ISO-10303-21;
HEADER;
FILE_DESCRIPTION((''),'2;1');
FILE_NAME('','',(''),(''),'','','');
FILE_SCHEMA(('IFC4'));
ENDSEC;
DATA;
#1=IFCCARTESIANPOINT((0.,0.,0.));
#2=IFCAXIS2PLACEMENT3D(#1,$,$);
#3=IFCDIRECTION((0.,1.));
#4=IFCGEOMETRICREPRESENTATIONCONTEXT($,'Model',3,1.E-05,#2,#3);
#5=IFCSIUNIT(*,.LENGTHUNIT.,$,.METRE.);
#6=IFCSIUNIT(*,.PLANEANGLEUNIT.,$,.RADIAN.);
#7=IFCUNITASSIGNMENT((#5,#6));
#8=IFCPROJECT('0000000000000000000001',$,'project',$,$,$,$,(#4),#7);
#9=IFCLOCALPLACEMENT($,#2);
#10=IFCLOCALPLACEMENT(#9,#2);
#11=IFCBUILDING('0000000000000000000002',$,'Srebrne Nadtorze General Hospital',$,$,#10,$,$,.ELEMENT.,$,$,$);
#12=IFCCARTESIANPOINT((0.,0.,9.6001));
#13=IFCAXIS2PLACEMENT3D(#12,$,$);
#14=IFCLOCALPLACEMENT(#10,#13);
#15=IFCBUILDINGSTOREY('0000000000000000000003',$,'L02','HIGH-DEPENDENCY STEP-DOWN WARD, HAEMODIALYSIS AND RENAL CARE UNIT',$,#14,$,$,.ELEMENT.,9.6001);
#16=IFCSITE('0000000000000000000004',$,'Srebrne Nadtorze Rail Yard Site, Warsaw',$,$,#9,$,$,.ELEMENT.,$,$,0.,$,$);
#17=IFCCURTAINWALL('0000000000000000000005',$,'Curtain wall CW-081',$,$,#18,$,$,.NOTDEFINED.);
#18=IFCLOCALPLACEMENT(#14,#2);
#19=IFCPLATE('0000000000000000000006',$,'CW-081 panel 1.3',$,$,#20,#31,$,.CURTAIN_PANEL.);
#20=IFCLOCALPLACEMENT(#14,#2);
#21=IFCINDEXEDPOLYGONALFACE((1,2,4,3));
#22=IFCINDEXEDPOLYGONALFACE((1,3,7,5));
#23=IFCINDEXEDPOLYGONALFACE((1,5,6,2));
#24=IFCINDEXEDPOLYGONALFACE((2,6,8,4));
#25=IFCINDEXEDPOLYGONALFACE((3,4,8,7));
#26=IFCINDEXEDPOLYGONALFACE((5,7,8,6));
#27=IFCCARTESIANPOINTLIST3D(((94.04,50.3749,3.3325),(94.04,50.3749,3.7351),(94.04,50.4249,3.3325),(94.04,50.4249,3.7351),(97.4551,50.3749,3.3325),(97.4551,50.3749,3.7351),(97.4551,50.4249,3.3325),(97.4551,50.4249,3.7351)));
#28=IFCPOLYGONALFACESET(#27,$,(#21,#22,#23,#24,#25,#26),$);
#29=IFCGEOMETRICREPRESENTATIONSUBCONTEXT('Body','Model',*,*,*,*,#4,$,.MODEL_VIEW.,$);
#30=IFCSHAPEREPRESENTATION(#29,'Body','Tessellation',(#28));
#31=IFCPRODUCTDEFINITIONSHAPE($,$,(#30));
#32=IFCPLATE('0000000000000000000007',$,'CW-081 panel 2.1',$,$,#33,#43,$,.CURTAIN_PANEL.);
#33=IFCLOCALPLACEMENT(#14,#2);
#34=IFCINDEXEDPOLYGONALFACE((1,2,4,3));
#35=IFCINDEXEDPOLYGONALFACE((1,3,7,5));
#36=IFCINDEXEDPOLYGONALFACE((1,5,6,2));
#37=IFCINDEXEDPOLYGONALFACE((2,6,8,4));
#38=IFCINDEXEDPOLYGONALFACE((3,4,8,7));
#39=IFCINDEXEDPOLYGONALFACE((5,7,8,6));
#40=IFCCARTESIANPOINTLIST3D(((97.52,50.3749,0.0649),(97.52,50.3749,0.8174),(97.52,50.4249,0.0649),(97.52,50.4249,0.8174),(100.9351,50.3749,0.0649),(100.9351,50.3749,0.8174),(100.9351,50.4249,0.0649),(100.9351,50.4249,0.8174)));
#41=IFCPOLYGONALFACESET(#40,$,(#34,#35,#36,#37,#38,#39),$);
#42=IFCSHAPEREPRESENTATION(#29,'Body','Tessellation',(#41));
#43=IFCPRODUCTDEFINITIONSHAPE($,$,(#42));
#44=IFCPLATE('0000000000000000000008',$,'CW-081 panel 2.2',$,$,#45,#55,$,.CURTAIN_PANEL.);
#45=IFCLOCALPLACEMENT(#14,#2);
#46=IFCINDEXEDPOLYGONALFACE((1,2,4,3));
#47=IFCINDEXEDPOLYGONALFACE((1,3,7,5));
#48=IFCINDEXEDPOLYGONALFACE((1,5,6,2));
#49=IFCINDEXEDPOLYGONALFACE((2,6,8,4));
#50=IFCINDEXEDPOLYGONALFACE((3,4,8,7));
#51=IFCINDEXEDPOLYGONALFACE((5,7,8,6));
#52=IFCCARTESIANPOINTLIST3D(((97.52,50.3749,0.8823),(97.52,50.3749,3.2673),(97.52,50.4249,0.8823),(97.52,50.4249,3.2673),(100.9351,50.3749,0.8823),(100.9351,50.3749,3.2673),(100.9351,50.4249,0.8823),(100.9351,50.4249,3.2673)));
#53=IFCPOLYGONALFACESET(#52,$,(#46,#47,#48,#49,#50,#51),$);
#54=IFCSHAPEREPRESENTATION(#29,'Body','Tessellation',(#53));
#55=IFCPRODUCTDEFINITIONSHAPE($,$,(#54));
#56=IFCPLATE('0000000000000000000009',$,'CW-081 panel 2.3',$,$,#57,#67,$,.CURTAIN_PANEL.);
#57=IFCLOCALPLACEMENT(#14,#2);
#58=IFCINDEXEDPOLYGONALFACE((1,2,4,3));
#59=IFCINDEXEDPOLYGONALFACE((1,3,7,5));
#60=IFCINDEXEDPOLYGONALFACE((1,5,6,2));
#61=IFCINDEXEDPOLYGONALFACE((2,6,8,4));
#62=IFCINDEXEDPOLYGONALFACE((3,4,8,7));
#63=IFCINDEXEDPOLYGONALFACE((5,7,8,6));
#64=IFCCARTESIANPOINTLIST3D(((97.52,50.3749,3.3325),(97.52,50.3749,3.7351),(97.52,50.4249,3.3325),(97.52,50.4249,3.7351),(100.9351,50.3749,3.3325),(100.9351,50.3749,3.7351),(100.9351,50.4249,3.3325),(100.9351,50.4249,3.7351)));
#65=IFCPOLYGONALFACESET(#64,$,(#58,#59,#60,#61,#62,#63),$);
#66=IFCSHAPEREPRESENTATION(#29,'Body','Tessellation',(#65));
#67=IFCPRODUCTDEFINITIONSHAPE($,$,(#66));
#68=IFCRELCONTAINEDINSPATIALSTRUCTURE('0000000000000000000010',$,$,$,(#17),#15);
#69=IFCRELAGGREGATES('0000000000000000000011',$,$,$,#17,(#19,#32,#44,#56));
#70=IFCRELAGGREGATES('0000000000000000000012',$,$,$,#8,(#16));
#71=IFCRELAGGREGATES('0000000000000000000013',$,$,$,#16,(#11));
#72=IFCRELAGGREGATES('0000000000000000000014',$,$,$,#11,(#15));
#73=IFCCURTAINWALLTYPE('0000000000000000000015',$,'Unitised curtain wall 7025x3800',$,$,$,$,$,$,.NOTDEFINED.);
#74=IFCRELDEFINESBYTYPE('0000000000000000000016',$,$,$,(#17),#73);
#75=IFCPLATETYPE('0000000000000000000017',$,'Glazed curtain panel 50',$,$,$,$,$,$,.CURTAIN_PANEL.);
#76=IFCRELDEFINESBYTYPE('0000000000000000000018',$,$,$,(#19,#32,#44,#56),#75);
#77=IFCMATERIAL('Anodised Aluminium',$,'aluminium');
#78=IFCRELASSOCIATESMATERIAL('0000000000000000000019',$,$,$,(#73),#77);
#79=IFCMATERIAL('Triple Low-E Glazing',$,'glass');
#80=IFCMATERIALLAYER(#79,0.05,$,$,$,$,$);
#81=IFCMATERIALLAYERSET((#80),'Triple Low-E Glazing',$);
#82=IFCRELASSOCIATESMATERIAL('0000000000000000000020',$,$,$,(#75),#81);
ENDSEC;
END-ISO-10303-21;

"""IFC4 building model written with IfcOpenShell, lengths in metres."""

from ifc_helpers import new_model, si_unit, direction, frame, origin, origin_2d, place, context, subcontext, project, spatial, rectangle, extrude, material, layer, layer_set, type_object, element, aggregate, save


model = new_model("IFC4")

# Units and contexts
model_context = context("Model", 3, precision=1e-05, world=origin(), true_north=direction((0.0, 1.0)))
body_context = subcontext(model_context, "Body", "Model", "MODEL_VIEW")
ifc_project = project(units=[si_unit("LENGTHUNIT", "METRE"), si_unit("PLANEANGLEUNIT", "RADIAN")], contexts=[model_context])

# Site, building, storey
site_placement = place(None, origin())
site = spatial("IfcSite", under=ifc_project, at=site_placement, Name="Srebrne Nadtorze Rail Yard Site, Warsaw", CompositionType="ELEMENT", RefElevation=0.0)
building_placement = place(site_placement, origin())
building = spatial("IfcBuilding", under=site, at=building_placement, Name="Srebrne Nadtorze General Hospital", CompositionType="ELEMENT")
storey_placement = place(building_placement, frame((0.0, 0.0, 9.6001)))
storey = spatial("IfcBuildingStorey", under=building, at=storey_placement, Name="L02", Description="HIGH-DEPENDENCY STEP-DOWN WARD, HAEMODIALYSIS AND RENAL CARE UNIT", CompositionType="ELEMENT", Elevation=9.6001)

# Curtain wall
ifc_material_1 = material(Name="Anodised Aluminium", Category="aluminium")
curtain_wall_type_1 = type_object("IfcCurtainWallType", Name="Unitised curtain wall 7025x3800", PredefinedType="NOTDEFINED", material=ifc_material_1)
curtain_wall_1_placement = place(storey_placement, origin())
curtain_wall_1 = element("IfcCurtainWall", 1, at=curtain_wall_1_placement, inside=storey, type_object=curtain_wall_type_1, Name="Curtain wall CW-081", PredefinedType="NOTDEFINED")

# Plates
ifc_material_2 = material(Name="Triple Low-E Glazing", Category="glass")
ifc_layer = layer(ifc_material_2, 0.05)
ifc_layer_set = layer_set([ifc_layer], Name="Triple Low-E Glazing")
plate_type = type_object("IfcPlateType", Name="Glazed curtain panel 50", PredefinedType="CURTAIN_PANEL", material=ifc_layer_set)
plate_1_placement = place(storey_placement, frame((95.7476, 50.3999, 3.3325), z_axis=(0.0, 0.0, 1.0), x_axis=(1.0, 0.0, 0.0)))
plate_1 = element("IfcPlate", 2, at=plate_1_placement, type_object=plate_type, Name="CW-081 panel 1.3", PredefinedType="CURTAIN_PANEL", context=body_context, shape_type="SweptSolid", body=[
    extrude(rectangle(XDim=3.415, YDim=0.05, at=origin_2d()), origin(), (0.0, 0.0, 1.0), 0.4026),
])
plate_2_placement = place(storey_placement, frame((99.2275, 50.3999, 0.0649), z_axis=(0.0, 0.0, 1.0), x_axis=(1.0, 0.0, 0.0)))
plate_2 = element("IfcPlate", 3, at=plate_2_placement, type_object=plate_type, Name="CW-081 panel 2.1", PredefinedType="CURTAIN_PANEL", context=body_context, shape_type="SweptSolid", body=[
    extrude(rectangle(XDim=3.415, YDim=0.05, at=origin_2d()), origin(), (0.0, 0.0, 1.0), 0.7524),
])
plate_3_placement = place(storey_placement, frame((99.2275, 50.3999, 0.8823), z_axis=(0.0, 0.0, 1.0), x_axis=(1.0, 0.0, 0.0)))
plate_3 = element("IfcPlate", 4, at=plate_3_placement, type_object=plate_type, Name="CW-081 panel 2.2", PredefinedType="CURTAIN_PANEL", context=body_context, shape_type="SweptSolid", body=[
    extrude(rectangle(XDim=3.415, YDim=0.05, at=origin_2d()), origin(), (0.0, 0.0, 1.0), 2.385),
])
plate_4_placement = place(storey_placement, frame((99.2275, 50.3999, 3.3325), z_axis=(0.0, 0.0, 1.0), x_axis=(1.0, 0.0, 0.0)))
plate_4 = element("IfcPlate", 5, at=plate_4_placement, type_object=plate_type, Name="CW-081 panel 2.3", PredefinedType="CURTAIN_PANEL", context=body_context, shape_type="SweptSolid", body=[
    extrude(rectangle(XDim=3.415, YDim=0.05, at=origin_2d()), origin(), (0.0, 0.0, 1.0), 0.4026),
])
aggregate(curtain_wall_1, [plate_1, plate_2, plate_3, plate_4])

save(model, "model.ifc")
